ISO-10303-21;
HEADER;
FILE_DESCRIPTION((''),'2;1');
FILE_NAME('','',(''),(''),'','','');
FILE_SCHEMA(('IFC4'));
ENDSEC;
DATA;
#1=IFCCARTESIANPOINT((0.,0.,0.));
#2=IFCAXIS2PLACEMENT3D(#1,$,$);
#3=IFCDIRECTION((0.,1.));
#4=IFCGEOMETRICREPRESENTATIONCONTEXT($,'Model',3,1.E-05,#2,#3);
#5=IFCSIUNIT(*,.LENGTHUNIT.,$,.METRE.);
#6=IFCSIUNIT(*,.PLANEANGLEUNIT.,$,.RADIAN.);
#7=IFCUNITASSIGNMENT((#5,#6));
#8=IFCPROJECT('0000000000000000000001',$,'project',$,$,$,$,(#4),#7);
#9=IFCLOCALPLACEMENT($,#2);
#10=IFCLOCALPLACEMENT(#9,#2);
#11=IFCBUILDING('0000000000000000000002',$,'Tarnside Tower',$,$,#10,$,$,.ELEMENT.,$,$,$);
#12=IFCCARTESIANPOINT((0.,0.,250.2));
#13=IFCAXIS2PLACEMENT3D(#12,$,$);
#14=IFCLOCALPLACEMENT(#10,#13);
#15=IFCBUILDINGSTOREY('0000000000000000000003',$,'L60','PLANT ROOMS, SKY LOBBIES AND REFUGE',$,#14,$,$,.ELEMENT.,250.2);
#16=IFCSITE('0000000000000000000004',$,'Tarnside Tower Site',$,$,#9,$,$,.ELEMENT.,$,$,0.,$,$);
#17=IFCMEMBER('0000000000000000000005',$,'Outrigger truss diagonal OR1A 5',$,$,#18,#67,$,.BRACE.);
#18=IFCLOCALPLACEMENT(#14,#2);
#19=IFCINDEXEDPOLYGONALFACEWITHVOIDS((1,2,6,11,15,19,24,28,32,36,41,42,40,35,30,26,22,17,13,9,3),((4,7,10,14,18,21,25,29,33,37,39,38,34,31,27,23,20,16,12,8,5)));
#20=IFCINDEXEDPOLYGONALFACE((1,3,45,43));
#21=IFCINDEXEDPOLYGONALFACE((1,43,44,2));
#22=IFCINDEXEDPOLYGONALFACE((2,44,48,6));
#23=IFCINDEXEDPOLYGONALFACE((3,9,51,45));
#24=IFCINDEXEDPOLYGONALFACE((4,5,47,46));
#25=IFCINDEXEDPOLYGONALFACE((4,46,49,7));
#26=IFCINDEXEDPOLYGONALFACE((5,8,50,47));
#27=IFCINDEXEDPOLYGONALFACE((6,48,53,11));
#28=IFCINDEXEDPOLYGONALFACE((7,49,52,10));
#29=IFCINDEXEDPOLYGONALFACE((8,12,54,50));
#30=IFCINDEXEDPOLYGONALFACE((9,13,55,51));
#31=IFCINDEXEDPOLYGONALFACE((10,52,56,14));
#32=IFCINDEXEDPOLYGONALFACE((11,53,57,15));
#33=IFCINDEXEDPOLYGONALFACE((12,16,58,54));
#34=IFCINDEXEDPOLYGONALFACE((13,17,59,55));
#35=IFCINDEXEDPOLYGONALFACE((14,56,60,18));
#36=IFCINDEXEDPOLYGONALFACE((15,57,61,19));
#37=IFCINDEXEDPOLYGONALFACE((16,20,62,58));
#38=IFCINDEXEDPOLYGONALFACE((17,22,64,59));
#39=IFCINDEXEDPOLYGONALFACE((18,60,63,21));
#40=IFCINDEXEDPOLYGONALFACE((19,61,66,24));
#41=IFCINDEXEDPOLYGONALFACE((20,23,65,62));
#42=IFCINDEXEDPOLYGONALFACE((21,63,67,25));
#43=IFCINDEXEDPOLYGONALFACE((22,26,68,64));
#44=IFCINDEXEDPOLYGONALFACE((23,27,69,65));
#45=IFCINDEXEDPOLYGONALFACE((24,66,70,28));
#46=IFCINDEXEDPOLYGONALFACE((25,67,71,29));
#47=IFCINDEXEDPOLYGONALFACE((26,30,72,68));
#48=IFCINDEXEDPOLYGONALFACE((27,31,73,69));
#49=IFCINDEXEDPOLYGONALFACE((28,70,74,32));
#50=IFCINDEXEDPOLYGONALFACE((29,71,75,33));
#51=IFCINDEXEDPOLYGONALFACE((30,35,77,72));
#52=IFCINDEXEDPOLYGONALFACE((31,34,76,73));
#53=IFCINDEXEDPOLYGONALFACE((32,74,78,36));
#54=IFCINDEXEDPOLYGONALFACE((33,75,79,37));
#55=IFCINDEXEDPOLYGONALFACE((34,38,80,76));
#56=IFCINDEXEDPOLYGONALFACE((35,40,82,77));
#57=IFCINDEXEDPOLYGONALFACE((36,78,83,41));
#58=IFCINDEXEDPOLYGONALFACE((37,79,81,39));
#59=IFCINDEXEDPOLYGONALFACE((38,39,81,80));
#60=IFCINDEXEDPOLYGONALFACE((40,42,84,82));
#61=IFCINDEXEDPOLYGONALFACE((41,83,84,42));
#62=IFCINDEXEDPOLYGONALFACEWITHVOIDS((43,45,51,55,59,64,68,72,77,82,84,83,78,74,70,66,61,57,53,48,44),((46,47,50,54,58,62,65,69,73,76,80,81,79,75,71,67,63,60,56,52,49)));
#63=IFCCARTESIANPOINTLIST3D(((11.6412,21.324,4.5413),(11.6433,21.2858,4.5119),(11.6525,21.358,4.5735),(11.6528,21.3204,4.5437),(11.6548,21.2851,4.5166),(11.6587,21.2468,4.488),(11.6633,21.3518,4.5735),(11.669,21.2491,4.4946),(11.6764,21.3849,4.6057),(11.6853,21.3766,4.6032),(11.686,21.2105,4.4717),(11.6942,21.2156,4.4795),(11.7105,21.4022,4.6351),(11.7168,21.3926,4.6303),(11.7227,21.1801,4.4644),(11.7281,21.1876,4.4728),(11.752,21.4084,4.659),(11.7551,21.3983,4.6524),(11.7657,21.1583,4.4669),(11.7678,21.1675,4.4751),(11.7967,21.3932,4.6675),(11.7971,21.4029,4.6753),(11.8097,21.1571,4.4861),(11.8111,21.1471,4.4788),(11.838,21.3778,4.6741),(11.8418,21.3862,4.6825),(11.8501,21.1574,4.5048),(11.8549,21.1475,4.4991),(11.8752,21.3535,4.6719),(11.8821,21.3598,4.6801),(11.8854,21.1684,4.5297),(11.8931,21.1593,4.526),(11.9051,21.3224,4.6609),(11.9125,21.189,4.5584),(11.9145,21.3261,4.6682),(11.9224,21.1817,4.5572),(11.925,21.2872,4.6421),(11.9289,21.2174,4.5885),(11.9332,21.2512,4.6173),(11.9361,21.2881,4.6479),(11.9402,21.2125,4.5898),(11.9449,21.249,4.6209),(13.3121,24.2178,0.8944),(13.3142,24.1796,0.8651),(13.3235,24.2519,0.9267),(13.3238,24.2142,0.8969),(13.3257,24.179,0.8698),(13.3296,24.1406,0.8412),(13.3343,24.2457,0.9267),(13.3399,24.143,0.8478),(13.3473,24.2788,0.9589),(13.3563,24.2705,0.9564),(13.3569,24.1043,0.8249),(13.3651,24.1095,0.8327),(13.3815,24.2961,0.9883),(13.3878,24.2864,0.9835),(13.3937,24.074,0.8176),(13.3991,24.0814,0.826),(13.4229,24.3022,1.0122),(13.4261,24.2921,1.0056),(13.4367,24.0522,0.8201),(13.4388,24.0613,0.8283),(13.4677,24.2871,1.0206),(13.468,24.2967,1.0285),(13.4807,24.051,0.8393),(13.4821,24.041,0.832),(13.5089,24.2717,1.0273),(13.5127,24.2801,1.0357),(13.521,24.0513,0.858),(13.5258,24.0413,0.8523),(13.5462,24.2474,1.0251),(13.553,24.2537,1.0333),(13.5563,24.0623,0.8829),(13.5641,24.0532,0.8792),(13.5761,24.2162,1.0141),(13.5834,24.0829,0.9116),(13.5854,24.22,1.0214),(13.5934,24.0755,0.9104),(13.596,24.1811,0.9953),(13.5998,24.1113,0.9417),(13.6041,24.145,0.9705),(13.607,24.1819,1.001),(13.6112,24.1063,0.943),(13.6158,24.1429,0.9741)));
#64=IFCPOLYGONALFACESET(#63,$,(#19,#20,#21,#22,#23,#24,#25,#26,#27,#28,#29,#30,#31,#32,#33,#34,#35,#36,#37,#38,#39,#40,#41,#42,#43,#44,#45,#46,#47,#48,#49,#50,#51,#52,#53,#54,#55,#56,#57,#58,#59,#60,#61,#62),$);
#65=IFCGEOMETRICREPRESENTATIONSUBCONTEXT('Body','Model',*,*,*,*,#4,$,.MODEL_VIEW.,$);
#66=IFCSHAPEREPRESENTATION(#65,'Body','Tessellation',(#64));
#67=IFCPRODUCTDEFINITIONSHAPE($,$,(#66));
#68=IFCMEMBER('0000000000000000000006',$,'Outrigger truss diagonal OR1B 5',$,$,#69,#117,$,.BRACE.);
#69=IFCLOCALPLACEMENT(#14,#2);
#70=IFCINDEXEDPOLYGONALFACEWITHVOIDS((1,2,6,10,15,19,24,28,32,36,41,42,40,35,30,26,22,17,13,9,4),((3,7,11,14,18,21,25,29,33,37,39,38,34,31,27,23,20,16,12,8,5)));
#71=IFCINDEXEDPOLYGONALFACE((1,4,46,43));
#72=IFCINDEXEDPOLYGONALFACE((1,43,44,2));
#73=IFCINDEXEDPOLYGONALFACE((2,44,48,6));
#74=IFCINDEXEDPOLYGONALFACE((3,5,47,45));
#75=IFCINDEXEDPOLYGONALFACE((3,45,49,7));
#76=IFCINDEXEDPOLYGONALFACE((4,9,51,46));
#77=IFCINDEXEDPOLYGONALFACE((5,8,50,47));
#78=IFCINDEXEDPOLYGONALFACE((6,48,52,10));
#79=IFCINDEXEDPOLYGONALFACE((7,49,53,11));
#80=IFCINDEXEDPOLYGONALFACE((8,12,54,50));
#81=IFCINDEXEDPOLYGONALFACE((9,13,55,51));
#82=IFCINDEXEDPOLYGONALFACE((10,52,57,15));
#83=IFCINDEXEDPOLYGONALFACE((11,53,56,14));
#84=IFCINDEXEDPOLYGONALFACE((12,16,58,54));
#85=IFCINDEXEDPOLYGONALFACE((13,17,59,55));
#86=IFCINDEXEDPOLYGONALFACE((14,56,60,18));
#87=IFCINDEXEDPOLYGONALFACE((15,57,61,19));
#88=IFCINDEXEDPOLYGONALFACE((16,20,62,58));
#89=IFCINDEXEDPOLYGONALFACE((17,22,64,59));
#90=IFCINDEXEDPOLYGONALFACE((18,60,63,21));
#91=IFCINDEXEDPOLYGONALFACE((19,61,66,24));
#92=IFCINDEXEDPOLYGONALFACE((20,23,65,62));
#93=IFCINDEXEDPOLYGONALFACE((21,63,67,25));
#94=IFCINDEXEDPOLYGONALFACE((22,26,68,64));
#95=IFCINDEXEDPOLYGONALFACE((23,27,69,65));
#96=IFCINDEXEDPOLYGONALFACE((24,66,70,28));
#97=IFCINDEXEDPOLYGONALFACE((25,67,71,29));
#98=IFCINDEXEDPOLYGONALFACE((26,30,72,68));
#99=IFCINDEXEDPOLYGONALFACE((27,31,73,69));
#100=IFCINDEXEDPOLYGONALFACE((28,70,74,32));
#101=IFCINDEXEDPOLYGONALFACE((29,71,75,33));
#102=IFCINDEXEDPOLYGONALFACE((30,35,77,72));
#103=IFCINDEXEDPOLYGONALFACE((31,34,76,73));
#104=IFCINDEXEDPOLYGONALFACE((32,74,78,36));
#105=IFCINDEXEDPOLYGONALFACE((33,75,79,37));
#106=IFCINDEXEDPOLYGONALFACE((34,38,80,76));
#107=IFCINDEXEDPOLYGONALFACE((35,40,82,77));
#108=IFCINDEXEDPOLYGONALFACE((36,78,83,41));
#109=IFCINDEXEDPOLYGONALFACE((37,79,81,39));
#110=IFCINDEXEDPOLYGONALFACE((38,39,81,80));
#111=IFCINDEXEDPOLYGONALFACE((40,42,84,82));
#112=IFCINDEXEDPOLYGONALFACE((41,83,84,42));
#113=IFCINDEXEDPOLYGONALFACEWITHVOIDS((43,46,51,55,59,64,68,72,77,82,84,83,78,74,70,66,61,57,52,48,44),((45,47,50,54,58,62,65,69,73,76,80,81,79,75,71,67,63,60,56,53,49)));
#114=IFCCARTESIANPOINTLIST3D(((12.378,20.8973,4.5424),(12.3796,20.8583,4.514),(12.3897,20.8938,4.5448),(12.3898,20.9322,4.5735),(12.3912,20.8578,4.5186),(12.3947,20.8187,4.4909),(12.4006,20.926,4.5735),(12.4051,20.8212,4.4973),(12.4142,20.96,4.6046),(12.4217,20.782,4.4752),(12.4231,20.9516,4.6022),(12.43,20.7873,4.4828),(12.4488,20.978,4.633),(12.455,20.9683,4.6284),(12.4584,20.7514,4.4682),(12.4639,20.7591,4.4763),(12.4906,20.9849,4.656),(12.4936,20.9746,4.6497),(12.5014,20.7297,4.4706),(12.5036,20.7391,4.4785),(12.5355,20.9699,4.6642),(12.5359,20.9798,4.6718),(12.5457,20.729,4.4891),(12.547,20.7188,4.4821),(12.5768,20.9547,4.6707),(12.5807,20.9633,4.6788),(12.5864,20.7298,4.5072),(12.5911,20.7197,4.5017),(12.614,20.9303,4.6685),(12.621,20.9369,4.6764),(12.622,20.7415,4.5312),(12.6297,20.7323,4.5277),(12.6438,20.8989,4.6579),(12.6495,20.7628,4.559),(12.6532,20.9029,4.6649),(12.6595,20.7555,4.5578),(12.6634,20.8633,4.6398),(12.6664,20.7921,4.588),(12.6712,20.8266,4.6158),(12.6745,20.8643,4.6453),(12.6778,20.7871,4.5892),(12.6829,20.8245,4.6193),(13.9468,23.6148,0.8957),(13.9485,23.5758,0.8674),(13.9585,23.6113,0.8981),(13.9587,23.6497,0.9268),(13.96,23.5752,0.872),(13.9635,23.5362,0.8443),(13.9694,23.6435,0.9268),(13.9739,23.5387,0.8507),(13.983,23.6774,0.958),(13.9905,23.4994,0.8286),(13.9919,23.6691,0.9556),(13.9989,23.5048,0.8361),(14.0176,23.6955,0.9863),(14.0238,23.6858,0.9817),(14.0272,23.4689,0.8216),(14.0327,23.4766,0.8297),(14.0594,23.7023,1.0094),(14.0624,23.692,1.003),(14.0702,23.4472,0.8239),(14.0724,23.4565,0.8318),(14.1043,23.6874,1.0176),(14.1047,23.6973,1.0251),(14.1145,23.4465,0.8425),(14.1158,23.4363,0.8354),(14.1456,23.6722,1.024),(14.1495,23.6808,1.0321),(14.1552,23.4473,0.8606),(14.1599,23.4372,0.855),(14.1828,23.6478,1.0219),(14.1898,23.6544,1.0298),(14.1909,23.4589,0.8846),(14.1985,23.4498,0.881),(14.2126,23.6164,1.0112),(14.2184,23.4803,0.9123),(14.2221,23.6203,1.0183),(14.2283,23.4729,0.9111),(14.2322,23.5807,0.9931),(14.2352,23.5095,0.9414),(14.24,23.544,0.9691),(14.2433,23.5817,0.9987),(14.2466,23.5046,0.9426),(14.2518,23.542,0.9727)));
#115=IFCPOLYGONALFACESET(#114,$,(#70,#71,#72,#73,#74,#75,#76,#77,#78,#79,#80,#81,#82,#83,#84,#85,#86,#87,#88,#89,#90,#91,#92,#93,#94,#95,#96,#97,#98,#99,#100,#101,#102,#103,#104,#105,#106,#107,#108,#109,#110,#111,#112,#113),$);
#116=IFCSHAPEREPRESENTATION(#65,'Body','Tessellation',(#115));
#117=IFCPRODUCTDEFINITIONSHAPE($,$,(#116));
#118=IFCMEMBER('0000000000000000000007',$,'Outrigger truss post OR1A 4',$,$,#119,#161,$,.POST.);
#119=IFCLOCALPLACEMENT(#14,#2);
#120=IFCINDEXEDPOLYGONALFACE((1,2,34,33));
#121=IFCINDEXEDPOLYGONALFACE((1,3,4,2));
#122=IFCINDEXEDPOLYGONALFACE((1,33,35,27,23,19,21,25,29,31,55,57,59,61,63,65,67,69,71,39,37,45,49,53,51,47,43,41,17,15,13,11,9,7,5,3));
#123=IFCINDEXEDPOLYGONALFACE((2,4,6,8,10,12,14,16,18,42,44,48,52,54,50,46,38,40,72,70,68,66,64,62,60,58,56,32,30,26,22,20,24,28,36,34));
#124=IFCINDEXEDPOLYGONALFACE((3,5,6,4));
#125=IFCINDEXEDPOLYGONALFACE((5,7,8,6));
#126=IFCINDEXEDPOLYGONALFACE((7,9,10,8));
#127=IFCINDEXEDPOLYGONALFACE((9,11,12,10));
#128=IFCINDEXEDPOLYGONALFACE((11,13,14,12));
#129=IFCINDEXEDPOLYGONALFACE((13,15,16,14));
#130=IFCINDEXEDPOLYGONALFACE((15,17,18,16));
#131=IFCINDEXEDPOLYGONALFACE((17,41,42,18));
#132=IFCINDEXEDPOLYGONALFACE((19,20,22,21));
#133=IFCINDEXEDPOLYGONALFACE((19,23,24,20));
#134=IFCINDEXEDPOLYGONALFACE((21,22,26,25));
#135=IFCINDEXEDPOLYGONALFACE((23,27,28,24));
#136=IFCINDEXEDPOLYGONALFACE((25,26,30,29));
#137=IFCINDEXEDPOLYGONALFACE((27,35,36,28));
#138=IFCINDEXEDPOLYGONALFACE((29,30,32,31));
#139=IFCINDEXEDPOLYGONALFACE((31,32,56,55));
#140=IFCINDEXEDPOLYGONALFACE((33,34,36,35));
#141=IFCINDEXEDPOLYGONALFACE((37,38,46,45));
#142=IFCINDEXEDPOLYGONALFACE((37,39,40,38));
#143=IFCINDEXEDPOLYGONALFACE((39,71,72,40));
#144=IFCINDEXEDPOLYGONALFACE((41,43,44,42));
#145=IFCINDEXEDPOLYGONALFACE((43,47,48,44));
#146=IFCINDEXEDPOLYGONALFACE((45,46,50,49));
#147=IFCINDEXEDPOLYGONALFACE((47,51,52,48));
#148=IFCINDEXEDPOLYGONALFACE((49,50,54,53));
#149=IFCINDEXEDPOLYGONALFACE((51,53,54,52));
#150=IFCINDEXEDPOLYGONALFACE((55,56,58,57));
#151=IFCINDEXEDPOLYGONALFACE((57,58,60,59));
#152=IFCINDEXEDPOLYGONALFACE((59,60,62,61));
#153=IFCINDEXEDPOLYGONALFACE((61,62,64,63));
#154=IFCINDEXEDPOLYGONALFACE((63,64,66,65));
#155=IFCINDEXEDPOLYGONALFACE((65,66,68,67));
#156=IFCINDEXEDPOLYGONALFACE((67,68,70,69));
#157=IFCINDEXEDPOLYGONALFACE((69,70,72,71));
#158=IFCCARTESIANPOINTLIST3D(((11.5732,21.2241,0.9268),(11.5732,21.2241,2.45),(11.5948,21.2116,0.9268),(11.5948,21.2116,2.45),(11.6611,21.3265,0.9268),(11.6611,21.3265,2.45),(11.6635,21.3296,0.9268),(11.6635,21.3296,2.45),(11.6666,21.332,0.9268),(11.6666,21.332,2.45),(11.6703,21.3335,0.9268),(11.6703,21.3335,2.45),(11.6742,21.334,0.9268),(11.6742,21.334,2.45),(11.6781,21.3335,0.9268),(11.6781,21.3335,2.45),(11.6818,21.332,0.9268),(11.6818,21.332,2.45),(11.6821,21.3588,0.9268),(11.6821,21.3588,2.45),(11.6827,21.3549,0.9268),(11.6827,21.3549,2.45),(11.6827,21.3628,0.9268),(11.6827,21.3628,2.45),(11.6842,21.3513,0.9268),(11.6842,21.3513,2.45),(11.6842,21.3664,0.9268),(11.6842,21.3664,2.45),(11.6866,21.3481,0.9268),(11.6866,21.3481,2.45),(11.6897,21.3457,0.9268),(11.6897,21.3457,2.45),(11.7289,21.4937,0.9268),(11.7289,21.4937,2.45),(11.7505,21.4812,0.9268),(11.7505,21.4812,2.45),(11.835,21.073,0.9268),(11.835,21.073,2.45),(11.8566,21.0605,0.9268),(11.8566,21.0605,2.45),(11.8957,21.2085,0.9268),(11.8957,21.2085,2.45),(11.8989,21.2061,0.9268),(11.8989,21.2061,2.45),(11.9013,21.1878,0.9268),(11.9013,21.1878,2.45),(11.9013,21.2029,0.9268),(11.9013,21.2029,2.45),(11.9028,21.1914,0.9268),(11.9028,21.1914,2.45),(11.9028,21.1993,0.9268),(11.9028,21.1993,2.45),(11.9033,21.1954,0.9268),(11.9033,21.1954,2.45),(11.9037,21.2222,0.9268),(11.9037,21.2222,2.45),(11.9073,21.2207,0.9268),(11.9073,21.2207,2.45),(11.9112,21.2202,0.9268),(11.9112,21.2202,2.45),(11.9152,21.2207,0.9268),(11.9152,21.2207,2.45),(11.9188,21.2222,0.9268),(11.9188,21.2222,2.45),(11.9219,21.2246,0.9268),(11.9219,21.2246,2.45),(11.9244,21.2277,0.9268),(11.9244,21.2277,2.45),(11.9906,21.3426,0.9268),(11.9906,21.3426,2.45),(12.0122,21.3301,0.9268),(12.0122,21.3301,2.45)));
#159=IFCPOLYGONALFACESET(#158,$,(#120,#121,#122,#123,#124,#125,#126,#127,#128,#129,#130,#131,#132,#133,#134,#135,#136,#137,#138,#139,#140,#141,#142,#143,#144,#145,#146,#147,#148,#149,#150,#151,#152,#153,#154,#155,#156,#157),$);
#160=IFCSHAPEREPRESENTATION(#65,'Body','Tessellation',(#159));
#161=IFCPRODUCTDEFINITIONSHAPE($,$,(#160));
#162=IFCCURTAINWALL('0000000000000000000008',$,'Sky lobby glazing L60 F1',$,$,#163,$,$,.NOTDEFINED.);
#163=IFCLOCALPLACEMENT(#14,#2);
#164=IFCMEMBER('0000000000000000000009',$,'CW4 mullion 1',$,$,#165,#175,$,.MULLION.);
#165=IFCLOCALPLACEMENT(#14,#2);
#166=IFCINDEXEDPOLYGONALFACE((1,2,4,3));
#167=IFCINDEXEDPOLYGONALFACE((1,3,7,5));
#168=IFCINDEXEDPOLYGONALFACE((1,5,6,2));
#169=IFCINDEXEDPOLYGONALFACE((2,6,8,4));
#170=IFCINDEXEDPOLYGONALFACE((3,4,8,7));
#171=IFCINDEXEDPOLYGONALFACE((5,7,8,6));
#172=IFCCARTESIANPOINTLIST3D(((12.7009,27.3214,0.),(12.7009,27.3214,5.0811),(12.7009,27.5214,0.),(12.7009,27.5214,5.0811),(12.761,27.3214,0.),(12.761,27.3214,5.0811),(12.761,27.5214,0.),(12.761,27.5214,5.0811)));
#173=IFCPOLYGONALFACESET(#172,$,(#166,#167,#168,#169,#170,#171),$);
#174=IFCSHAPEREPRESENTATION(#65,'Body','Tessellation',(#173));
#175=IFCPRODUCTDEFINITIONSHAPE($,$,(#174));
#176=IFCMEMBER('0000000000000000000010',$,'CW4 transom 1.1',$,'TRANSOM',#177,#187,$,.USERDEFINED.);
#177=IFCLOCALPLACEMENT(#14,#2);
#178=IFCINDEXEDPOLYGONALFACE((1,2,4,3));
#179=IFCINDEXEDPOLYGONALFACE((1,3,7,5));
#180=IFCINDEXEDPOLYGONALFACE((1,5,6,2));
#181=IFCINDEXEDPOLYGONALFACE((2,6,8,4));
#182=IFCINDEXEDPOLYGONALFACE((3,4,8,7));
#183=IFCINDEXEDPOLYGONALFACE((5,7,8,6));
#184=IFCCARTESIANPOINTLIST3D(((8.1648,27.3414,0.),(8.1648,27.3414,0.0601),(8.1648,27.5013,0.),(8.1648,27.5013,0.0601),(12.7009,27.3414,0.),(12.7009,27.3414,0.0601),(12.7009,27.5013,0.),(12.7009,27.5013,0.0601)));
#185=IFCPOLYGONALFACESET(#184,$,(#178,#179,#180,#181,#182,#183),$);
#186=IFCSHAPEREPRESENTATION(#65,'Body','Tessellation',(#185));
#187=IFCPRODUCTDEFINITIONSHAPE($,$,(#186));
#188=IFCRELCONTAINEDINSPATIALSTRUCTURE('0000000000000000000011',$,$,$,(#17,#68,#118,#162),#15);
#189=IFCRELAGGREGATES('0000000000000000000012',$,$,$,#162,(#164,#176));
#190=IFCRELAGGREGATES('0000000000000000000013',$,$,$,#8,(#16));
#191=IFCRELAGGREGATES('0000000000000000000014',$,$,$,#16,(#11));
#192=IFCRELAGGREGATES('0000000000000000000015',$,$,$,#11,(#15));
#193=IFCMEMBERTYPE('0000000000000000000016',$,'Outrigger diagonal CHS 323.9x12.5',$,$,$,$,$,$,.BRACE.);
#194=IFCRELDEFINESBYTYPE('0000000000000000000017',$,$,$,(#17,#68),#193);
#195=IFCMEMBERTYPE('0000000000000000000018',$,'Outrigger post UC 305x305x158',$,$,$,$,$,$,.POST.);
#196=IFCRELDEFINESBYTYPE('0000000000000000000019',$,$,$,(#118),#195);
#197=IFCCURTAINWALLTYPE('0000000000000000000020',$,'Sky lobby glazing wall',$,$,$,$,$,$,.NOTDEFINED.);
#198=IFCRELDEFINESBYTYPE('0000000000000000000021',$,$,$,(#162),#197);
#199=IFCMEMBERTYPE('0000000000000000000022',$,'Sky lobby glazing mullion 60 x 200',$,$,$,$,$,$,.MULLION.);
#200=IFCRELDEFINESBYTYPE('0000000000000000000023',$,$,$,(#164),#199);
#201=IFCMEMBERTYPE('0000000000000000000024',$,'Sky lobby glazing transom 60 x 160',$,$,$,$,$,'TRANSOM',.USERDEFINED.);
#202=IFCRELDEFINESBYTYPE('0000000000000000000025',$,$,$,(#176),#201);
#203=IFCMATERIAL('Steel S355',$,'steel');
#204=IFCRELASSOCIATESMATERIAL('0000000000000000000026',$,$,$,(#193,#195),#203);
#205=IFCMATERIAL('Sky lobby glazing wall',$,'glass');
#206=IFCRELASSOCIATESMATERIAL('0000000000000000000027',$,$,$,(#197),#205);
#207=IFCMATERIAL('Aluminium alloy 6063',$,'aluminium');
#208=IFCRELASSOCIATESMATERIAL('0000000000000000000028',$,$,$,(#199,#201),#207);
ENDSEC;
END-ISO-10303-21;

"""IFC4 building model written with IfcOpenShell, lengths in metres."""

from ifc_helpers import new_model, si_unit, direction, frame, origin, origin_2d, place, context, subcontext, project, spatial, rectangle, hollow_circle, i_section, extrude, material, material_profile, profile_set, type_object, element, aggregate, save


model = new_model("IFC4")

# Units and contexts
model_context = context("Model", 3, precision=1e-05, world=origin(), true_north=direction((0.0, 1.0)))
body_context = subcontext(model_context, "Body", "Model", "MODEL_VIEW")
ifc_project = project(units=[si_unit("LENGTHUNIT", "METRE"), si_unit("PLANEANGLEUNIT", "RADIAN")], contexts=[model_context])

# Site, building, storey
site_placement = place(None, origin())
site = spatial("IfcSite", under=ifc_project, at=site_placement, Name="Tarnside Tower Site", CompositionType="ELEMENT", RefElevation=0.0)
building_placement = place(site_placement, origin())
building = spatial("IfcBuilding", under=site, at=building_placement, Name="Tarnside Tower", CompositionType="ELEMENT")
storey_placement = place(building_placement, frame((0.0, 0.0, 250.2)))
storey = spatial("IfcBuildingStorey", under=building, at=storey_placement, Name="L60", Description="PLANT ROOMS, SKY LOBBIES AND REFUGE", CompositionType="ELEMENT", Elevation=250.2)

# Shared definitions
ifc_material_1 = material(Name="Steel S355", Category="steel")

# Members
ifc_material_profile_1 = material_profile(ifc_material_1, hollow_circle(Radius=0.1619, WallThickness=0.0125, at=origin_2d()), Name="CHS 323.9x12.5")
ifc_profile_set_1 = profile_set([ifc_material_profile_1], Name="Steel S355")
member_type_1 = type_object("IfcMemberType", Name="Outrigger diagonal CHS 323.9x12.5", PredefinedType="BRACE", material=ifc_profile_set_1)
member_1_placement = place(storey_placement, frame((11.7927, 21.2771, 4.5735), z_axis=(0.337817, 0.585058, -0.737283), x_axis=(-0.866004, 0.500037, 0.0)))
element("IfcMember", 1, at=member_1_placement, inside=storey, type_object=member_type_1, Name="Outrigger truss diagonal OR1A 5", PredefinedType="BRACE", context=body_context, shape_type="SweptSolid", body=[
    extrude(hollow_circle(Radius=0.1619, WallThickness=0.0125, at=origin_2d()), origin(), (0.0, 0.0, 1.0), 4.9463),
])
member_2_placement = place(storey_placement, frame((12.53, 20.8513, 4.5735), z_axis=(0.326102, 0.564868, -0.758012), x_axis=(-0.866042, 0.499972, 0.0)))
element("IfcMember", 2, at=member_2_placement, inside=storey, type_object=member_type_1, Name="Outrigger truss diagonal OR1B 5", PredefinedType="BRACE", context=body_context, shape_type="SweptSolid", body=[
    extrude(hollow_circle(Radius=0.1619, WallThickness=0.0125, at=origin_2d()), origin(), (0.0, 0.0, 1.0), 4.8108),
])
ifc_material_profile_2 = material_profile(ifc_material_1, i_section(OverallWidth=0.3113, OverallDepth=0.3271, WebThickness=0.0159, FlangeThickness=0.0249, FilletRadius=0.0151, at=origin_2d()), Name="UC 305x305x158")
ifc_profile_set_2 = profile_set([ifc_material_profile_2], Name="Steel S355")
member_type_2 = type_object("IfcMemberType", Name="Outrigger post UC 305x305x158", PredefinedType="POST", material=ifc_profile_set_2)
member_3_placement = place(storey_placement, frame((11.7927, 21.2771, 0.9268), z_axis=(0.0, 0.0, 1.0), x_axis=(0.5, 0.866025, 0.0)))
element("IfcMember", 3, at=member_3_placement, inside=storey, type_object=member_type_2, Name="Outrigger truss post OR1A 4", PredefinedType="POST", context=body_context, shape_type="SweptSolid", body=[
    extrude(i_section(OverallWidth=0.3113, OverallDepth=0.3271, WebThickness=0.0159, FlangeThickness=0.0249, FilletRadius=0.0151, at=origin_2d()), origin(), (0.0, 0.0, 1.0), 1.5232),
])

# Curtain wall, members
ifc_material_2 = material(Name="Sky lobby glazing wall", Category="glass")
curtain_wall_type = type_object("IfcCurtainWallType", Name="Sky lobby glazing wall", PredefinedType="NOTDEFINED", material=ifc_material_2)
curtain_wall_placement = place(storey_placement, origin())
curtain_wall = element("IfcCurtainWall", 4, at=curtain_wall_placement, inside=storey, type_object=curtain_wall_type, Name="Sky lobby glazing L60 F1", PredefinedType="NOTDEFINED")
ifc_material_3 = material(Name="Aluminium alloy 6063", Category="aluminium")
ifc_material_profile_3 = material_profile(ifc_material_3, rectangle(XDim=0.2, YDim=0.0601, at=origin_2d()), Name="Sky lobby glazing mullion 60 x 200")
ifc_profile_set_3 = profile_set([ifc_material_profile_3], Name="Aluminium alloy 6063")
member_type_3 = type_object("IfcMemberType", Name="Sky lobby glazing mullion 60 x 200", PredefinedType="MULLION", material=ifc_profile_set_3)
member_4_placement = place(storey_placement, frame((12.731, 27.4214, 0.0), z_axis=(0.0, 0.0, 1.0), x_axis=(0.0, -1.0, 0.0)))
member_4 = element("IfcMember", 5, at=member_4_placement, type_object=member_type_3, Name="CW4 mullion 1", PredefinedType="MULLION", context=body_context, shape_type="SweptSolid", body=[
    extrude(rectangle(XDim=0.2, YDim=0.0601, at=origin_2d()), origin(), (0.0, 0.0, 1.0), 5.0811),
])
ifc_material_profile_4 = material_profile(ifc_material_3, rectangle(XDim=0.1599, YDim=0.0601, at=origin_2d()), Name="Sky lobby glazing transom 60 x 160")
ifc_profile_set_4 = profile_set([ifc_material_profile_4], Name="Aluminium alloy 6063")
member_type_4 = type_object("IfcMemberType", Name="Sky lobby glazing transom 60 x 160", ElementType="TRANSOM", PredefinedType="USERDEFINED", material=ifc_profile_set_4)
member_5_placement = place(storey_placement, frame((12.7009, 27.4214, 0.03), z_axis=(-1.0, 0.0, 0.0), x_axis=(0.0, -1.0, 0.0)))
member_5 = element("IfcMember", 6, at=member_5_placement, type_object=member_type_4, Name="CW4 transom 1.1", ObjectType="TRANSOM", PredefinedType="USERDEFINED", context=body_context, shape_type="SweptSolid", body=[
    extrude(rectangle(XDim=0.1599, YDim=0.0601, at=origin_2d()), origin(), (0.0, 0.0, 1.0), 4.5361),
])
aggregate(curtain_wall, [member_4, member_5])

save(model, "model.ifc")
